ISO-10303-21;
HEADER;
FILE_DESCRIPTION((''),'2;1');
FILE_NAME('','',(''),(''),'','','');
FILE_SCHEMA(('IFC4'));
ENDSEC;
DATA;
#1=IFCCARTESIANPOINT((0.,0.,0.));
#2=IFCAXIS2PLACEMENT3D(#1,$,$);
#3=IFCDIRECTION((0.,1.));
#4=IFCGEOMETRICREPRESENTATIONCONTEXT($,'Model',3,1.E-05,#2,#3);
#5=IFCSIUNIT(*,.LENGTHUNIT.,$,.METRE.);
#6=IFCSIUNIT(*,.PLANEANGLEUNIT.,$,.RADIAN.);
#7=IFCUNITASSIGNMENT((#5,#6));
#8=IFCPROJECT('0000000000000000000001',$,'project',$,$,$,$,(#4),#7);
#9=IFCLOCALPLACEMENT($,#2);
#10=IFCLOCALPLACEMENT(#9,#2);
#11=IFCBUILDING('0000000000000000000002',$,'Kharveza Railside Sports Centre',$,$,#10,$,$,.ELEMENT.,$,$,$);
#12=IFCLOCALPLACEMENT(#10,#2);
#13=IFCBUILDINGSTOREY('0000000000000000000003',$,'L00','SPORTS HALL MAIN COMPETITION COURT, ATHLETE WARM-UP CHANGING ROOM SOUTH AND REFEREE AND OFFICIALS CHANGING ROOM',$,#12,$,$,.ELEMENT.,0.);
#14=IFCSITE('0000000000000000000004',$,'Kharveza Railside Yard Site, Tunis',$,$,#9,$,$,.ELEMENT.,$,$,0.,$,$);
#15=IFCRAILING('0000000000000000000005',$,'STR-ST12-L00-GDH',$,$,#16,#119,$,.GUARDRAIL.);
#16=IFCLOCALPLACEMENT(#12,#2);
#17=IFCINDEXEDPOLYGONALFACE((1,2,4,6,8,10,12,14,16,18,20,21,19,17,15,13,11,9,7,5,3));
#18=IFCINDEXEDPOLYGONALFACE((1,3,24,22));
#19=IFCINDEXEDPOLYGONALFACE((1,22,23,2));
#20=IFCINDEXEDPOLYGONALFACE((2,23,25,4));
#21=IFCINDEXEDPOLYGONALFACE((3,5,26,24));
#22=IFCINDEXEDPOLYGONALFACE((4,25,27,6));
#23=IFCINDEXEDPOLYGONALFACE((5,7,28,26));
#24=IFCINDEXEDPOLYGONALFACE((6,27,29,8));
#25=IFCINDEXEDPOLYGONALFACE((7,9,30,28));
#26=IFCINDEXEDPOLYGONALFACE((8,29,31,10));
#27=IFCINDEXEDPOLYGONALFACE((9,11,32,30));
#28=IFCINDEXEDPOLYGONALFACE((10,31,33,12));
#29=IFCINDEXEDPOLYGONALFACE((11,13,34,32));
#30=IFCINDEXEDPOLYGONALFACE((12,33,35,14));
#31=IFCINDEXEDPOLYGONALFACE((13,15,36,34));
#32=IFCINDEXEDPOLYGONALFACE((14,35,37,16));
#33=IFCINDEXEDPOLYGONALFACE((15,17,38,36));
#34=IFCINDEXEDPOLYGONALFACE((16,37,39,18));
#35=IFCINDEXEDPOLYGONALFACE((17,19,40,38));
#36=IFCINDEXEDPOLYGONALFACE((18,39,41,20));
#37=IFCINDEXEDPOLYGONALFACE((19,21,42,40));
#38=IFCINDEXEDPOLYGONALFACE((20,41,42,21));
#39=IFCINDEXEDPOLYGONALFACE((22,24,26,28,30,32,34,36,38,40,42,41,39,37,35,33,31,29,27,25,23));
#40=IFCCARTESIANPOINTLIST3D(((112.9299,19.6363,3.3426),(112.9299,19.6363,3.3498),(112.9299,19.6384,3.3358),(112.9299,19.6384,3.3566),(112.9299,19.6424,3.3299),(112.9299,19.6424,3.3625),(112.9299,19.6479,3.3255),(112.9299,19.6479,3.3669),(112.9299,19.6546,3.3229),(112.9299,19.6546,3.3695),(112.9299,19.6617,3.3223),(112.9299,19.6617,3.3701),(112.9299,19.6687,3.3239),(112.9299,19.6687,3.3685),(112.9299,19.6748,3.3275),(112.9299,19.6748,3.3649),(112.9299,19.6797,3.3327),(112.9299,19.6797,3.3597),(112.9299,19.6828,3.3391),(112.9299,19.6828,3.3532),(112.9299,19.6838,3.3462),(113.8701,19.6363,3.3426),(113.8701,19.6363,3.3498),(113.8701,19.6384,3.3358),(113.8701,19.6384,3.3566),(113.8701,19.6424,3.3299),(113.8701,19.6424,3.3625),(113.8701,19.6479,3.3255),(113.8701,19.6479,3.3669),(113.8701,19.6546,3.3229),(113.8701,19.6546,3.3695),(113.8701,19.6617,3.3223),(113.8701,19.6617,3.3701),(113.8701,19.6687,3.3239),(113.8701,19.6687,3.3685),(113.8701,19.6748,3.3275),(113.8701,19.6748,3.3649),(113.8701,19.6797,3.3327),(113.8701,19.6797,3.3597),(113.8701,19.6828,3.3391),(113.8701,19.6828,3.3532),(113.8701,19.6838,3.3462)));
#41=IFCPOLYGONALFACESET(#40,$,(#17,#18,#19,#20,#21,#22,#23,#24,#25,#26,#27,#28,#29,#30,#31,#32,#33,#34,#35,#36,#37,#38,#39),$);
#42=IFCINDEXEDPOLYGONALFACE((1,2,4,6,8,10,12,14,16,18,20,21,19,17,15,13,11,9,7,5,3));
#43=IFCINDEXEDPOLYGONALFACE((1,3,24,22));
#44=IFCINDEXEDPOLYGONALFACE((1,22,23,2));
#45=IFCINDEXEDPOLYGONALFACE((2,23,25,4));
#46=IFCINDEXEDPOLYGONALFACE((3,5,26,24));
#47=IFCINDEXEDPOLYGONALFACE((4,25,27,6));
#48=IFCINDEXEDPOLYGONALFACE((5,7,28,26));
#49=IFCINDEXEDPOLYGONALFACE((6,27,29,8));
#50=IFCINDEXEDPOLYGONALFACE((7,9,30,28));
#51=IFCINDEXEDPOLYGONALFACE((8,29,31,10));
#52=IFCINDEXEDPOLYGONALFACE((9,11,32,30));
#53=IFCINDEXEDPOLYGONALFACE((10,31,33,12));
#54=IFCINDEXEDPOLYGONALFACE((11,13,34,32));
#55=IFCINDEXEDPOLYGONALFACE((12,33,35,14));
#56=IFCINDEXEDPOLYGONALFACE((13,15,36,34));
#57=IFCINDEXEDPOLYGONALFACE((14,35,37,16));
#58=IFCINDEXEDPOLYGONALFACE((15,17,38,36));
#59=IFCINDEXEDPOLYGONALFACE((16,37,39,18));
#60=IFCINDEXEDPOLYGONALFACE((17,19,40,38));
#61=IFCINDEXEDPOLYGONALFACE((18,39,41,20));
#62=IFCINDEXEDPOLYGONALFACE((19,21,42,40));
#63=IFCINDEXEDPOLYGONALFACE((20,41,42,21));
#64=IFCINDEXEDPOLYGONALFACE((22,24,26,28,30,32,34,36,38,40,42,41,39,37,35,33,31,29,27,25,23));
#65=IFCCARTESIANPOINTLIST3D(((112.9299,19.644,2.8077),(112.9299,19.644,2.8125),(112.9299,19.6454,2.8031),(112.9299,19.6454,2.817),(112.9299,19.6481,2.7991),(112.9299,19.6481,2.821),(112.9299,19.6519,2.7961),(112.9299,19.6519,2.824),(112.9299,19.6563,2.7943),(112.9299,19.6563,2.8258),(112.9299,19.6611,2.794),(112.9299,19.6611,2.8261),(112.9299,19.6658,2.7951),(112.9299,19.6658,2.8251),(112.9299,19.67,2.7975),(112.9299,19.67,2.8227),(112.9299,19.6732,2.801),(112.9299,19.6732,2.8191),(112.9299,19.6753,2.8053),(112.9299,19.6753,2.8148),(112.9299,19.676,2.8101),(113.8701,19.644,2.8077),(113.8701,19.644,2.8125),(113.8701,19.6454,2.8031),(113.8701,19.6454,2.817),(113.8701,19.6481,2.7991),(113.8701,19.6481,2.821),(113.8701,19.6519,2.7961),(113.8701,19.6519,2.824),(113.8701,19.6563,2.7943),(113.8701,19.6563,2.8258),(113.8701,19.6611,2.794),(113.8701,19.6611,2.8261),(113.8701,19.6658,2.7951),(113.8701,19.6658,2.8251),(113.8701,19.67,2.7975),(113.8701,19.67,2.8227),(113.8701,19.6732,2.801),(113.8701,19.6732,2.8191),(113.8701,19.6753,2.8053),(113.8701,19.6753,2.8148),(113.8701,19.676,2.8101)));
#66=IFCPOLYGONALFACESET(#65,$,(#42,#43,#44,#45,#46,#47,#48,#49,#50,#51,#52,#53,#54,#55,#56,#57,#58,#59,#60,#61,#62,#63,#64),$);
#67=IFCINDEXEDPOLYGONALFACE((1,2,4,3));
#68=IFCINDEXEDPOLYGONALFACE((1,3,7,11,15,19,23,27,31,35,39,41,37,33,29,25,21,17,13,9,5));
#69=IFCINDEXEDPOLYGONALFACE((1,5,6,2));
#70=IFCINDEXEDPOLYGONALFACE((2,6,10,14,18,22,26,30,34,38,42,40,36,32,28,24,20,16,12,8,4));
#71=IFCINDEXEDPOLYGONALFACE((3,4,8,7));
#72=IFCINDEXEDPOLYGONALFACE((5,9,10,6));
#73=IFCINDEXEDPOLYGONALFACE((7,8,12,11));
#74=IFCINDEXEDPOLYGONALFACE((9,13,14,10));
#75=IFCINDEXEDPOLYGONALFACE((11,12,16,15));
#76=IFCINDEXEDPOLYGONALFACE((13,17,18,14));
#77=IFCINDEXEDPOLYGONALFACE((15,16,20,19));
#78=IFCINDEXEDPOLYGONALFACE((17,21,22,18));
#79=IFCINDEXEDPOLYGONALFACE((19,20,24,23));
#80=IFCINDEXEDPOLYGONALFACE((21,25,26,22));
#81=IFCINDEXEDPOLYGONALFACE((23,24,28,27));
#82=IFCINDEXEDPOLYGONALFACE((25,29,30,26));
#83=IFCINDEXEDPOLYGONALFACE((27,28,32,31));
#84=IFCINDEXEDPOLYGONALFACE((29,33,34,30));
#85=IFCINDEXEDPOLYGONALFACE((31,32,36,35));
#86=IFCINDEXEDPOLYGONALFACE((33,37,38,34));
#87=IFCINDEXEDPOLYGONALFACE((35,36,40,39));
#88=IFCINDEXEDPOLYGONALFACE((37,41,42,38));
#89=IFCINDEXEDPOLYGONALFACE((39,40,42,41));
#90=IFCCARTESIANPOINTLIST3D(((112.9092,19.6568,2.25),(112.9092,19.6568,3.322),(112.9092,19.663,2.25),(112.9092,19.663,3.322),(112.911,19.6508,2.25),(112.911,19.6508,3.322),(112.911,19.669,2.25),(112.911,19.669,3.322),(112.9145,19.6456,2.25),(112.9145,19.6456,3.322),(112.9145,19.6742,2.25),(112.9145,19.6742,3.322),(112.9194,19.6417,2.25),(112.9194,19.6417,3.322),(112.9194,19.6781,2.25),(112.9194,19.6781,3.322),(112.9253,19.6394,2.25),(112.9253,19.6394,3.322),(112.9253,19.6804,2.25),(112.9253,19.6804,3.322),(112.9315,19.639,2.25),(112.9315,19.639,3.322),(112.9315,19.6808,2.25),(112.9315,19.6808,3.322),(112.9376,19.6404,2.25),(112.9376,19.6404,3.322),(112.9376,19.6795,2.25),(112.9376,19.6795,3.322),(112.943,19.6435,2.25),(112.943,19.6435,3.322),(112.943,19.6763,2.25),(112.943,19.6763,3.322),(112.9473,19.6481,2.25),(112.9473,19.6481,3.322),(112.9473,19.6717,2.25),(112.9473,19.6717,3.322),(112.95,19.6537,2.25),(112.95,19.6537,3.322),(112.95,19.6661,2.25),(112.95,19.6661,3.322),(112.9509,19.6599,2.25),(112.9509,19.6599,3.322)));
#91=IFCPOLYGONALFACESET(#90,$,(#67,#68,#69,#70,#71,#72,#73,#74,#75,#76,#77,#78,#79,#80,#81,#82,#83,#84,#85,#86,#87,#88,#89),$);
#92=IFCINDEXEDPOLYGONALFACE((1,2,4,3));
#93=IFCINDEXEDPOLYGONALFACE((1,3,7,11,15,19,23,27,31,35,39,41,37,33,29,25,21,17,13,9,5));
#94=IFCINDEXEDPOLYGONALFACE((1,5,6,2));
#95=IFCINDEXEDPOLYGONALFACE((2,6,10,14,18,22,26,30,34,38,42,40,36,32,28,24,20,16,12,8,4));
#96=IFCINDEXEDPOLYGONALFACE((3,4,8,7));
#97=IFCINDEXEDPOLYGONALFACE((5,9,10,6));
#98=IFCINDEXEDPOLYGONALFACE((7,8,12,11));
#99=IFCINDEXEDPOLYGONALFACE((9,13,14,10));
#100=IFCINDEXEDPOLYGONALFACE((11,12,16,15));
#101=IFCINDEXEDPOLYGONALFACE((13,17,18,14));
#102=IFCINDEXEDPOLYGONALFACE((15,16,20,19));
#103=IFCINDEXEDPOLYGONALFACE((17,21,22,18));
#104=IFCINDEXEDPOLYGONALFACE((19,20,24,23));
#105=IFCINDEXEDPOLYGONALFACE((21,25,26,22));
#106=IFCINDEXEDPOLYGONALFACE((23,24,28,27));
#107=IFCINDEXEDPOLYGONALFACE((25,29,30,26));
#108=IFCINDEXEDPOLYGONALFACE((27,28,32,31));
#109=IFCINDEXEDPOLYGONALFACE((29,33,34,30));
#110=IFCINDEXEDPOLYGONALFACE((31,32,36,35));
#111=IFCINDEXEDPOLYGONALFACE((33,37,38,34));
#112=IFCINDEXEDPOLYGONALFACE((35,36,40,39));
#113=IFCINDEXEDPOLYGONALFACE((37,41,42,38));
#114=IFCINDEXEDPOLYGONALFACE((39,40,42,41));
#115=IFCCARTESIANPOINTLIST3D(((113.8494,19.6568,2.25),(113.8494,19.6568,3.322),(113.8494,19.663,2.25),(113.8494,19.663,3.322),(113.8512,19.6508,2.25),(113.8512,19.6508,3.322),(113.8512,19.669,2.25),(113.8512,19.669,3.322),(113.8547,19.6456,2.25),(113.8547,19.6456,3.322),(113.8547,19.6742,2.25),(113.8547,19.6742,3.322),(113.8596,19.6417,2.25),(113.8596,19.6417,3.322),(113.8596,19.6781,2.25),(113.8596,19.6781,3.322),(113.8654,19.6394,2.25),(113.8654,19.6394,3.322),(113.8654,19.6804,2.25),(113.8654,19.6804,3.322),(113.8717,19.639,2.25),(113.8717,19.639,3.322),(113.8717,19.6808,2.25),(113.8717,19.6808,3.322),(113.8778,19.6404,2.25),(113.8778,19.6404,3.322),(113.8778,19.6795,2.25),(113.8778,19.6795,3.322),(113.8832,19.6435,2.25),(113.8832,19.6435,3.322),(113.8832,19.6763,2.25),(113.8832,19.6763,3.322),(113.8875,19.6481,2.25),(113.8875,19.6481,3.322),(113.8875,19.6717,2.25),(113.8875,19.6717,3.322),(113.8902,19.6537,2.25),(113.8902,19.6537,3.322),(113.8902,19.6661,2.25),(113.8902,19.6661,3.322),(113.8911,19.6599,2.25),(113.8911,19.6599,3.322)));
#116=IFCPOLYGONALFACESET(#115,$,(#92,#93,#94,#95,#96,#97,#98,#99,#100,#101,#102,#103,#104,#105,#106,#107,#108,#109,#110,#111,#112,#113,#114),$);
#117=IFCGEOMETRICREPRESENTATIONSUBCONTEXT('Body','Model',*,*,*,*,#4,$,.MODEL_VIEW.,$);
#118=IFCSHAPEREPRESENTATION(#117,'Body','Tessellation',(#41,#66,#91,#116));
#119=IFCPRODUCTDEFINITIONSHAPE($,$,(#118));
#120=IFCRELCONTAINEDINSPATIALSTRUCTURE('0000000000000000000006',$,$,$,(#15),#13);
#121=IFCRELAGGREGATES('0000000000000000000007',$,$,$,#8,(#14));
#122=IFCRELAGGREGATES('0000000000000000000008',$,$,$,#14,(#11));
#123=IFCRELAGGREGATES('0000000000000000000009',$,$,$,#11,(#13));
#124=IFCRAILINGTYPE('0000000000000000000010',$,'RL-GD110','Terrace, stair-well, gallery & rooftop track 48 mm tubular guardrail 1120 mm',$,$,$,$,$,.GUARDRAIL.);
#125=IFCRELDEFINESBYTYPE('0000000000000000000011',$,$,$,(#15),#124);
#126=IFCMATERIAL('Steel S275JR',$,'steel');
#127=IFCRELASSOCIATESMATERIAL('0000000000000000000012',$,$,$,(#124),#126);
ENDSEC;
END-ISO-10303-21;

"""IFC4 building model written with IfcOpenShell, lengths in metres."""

from ifc_helpers import new_model, si_unit, direction, frame, origin, origin_2d, place, context, subcontext, project, spatial, circle, extrude, material, type_object, element, save


model = new_model("IFC4")

# Units and contexts
model_context = context("Model", 3, precision=1e-05, world=origin(), true_north=direction((0.0, 1.0)))
body_context = subcontext(model_context, "Body", "Model", "MODEL_VIEW")
ifc_project = project(units=[si_unit("LENGTHUNIT", "METRE"), si_unit("PLANEANGLEUNIT", "RADIAN")], contexts=[model_context])

# Site, building, storey
site_placement = place(None, origin())
site = spatial("IfcSite", under=ifc_project, at=site_placement, Name="Kharveza Railside Yard Site, Tunis", CompositionType="ELEMENT", RefElevation=0.0)
building_placement = place(site_placement, origin())
building = spatial("IfcBuilding", under=site, at=building_placement, Name="Kharveza Railside Sports Centre", CompositionType="ELEMENT")
storey_placement = place(building_placement, origin())
storey = spatial("IfcBuildingStorey", under=building, at=storey_placement, Name="L00", Description="SPORTS HALL MAIN COMPETITION COURT, ATHLETE WARM-UP CHANGING ROOM SOUTH AND REFEREE AND OFFICIALS CHANGING ROOM", CompositionType="ELEMENT", Elevation=0.0)

# Railing
ifc_material_1 = material(Name="Steel S275JR", Category="steel")
railing_type_1 = type_object("IfcRailingType", Name="RL-GD110", Description="Terrace, stair-well, gallery & rooftop track 48 mm tubular guardrail 1120 mm", PredefinedType="GUARDRAIL", material=ifc_material_1)
railing_1_placement = place(storey_placement, frame((112.9299, 19.6599, 2.25)))
element("IfcRailing", 1, at=railing_1_placement, inside=storey, type_object=railing_type_1, Name="STR-ST12-L00-GDH", PredefinedType="GUARDRAIL", context=body_context, shape_type="SweptSolid", body=[
    extrude(circle(Radius=0.0239, at=origin_2d()), frame((0.0, 0.0, 1.0962), z_axis=(1.0, 0.0, 0.0), x_axis=(0.0, 1.0, 0.0)), (0.0, 0.0, 1.0), 0.9402),
    extrude(circle(Radius=0.0161, at=origin_2d()), frame((0.0, 0.0, 0.5601), z_axis=(1.0, 0.0, 0.0), x_axis=(0.0, 1.0, 0.0)), (0.0, 0.0, 1.0), 0.9402),
    extrude(circle(Radius=0.021, at=origin_2d()), origin(), (0.0, 0.0, 1.0), 1.072),
    extrude(circle(Radius=0.021, at=origin_2d()), frame((0.9402, 0.0, 0.0)), (0.0, 0.0, 1.0), 1.072),
])

save(model, "model.ifc")
